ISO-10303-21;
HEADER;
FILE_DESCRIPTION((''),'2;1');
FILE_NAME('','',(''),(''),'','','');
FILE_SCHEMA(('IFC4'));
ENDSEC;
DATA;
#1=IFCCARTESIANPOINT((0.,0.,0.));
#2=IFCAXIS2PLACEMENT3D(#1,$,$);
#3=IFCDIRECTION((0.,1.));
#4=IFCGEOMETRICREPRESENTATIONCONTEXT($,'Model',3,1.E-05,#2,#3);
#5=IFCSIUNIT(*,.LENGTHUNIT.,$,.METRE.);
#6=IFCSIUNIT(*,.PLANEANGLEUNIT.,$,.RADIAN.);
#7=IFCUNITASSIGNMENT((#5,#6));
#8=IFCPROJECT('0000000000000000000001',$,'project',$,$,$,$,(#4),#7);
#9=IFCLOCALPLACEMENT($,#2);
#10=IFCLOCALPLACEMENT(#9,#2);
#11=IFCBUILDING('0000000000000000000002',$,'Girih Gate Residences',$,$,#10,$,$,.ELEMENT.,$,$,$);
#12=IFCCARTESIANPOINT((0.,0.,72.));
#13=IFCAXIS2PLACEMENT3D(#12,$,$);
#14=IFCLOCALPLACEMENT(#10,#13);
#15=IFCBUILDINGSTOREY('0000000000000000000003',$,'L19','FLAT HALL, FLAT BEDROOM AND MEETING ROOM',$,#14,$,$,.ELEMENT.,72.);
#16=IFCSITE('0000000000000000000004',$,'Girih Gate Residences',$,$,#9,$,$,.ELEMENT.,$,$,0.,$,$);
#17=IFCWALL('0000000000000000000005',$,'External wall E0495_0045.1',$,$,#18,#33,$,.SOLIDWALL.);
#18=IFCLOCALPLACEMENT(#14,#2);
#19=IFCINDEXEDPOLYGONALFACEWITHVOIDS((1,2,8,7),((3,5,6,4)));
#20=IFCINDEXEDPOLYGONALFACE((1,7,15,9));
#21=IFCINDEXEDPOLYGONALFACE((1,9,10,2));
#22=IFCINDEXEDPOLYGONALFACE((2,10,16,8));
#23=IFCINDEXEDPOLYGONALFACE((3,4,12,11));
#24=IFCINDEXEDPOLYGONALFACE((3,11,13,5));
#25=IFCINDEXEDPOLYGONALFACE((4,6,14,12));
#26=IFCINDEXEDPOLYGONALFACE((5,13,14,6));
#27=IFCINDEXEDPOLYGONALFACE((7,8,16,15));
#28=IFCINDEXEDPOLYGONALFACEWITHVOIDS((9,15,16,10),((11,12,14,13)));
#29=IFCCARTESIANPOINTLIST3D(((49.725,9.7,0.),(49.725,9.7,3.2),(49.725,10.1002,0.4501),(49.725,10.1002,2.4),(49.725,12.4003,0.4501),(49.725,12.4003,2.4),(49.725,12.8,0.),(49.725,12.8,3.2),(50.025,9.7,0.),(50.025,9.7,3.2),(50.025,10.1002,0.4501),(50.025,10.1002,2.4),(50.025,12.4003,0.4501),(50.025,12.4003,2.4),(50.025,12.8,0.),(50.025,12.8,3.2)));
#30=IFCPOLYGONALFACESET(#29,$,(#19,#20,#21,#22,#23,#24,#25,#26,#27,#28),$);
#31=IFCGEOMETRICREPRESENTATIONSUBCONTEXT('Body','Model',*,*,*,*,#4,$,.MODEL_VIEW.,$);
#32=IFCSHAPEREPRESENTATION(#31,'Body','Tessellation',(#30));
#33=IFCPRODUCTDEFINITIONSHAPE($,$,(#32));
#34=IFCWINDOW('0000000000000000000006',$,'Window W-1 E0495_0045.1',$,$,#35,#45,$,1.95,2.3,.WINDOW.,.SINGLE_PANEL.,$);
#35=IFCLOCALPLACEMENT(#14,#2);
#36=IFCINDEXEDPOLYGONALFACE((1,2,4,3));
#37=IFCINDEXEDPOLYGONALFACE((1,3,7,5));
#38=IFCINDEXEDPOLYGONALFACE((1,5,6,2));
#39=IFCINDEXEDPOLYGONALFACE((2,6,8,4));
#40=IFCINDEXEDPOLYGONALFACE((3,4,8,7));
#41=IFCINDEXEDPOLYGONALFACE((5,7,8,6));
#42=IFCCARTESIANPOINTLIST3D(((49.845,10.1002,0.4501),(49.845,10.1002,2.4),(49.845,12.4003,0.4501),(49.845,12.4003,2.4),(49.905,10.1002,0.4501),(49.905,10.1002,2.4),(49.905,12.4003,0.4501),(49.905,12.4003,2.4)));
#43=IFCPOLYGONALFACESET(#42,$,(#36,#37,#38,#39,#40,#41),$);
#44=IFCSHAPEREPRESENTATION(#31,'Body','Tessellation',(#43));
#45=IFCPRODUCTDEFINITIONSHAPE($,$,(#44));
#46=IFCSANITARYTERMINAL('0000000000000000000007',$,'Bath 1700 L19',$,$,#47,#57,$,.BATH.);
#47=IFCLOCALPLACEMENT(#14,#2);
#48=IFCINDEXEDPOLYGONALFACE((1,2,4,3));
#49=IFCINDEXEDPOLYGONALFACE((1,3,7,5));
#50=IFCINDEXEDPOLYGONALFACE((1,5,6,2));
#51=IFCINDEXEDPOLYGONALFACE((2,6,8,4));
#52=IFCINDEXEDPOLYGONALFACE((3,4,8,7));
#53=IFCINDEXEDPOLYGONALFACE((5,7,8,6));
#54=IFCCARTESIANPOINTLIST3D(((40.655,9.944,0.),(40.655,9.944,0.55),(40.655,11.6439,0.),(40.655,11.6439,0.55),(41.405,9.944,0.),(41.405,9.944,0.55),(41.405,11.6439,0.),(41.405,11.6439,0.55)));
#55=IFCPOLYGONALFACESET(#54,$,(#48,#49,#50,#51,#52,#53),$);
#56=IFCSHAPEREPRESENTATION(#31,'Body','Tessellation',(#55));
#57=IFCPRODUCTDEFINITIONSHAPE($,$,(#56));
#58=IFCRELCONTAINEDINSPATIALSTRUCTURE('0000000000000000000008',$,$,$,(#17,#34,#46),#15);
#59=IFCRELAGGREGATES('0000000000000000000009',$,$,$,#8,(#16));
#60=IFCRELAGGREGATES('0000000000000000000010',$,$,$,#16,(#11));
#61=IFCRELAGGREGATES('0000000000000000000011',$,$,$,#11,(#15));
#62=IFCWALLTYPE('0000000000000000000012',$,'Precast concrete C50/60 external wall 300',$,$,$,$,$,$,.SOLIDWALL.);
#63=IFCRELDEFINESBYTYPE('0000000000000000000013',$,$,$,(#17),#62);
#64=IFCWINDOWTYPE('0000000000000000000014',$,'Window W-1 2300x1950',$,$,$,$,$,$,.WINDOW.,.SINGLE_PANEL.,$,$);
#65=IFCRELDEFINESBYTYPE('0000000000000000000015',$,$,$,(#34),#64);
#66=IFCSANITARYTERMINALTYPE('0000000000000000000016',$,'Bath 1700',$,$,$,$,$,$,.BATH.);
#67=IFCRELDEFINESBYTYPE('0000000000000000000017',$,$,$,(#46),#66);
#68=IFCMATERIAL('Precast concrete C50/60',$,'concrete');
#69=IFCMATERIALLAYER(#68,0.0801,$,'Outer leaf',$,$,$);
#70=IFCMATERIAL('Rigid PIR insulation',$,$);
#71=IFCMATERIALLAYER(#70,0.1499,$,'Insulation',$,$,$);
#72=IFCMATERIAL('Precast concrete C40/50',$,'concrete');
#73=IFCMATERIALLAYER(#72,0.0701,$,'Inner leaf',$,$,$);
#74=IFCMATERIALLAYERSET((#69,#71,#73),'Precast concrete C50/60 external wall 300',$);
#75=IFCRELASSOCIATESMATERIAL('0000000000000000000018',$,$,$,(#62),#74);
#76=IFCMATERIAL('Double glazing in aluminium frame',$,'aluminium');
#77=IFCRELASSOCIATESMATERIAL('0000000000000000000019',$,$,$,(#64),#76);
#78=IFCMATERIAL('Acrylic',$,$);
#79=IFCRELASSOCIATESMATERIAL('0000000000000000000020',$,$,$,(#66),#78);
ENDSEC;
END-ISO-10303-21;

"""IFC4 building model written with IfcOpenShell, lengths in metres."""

from ifc_helpers import new_model, si_unit, direction, frame, frame_2d, origin, origin_2d, place, context, subcontext, project, spatial, rectangle, extrude, material, layer, layer_set, type_object, element, fill, save


model = new_model("IFC4")

# Units and contexts
model_context = context("Model", 3, precision=1e-05, world=origin(), true_north=direction((0.0, 1.0)))
body_context = subcontext(model_context, "Body", "Model", "MODEL_VIEW")
ifc_project = project(units=[si_unit("LENGTHUNIT", "METRE"), si_unit("PLANEANGLEUNIT", "RADIAN")], contexts=[model_context])

# Site, building, storey
site_placement = place(None, origin())
site = spatial("IfcSite", under=ifc_project, at=site_placement, Name="Girih Gate Residences", CompositionType="ELEMENT", RefElevation=0.0)
building_placement = place(site_placement, origin())
building = spatial("IfcBuilding", under=site, at=building_placement, Name="Girih Gate Residences", CompositionType="ELEMENT")
storey_placement = place(building_placement, frame((0.0, 0.0, 72.0)))
storey = spatial("IfcBuildingStorey", under=building, at=storey_placement, Name="L19", Description="FLAT HALL, FLAT BEDROOM AND MEETING ROOM", CompositionType="ELEMENT", Elevation=72.0)

# Wall, opening, window
ifc_material_1 = material(Name="Precast concrete C50/60", Category="concrete")
ifc_layer_1 = layer(ifc_material_1, 0.0801, Name="Outer leaf")
ifc_material_2 = material(Name="Rigid PIR insulation")
ifc_layer_2 = layer(ifc_material_2, 0.1499, Name="Insulation")
ifc_material_3 = material(Name="Precast concrete C40/50", Category="concrete")
ifc_layer_3 = layer(ifc_material_3, 0.0701, Name="Inner leaf")
ifc_layer_set_1 = layer_set([ifc_layer_1, ifc_layer_2, ifc_layer_3], Name="Precast concrete C50/60 external wall 300")
wall_type_1 = type_object("IfcWallType", Name="Precast concrete C50/60 external wall 300", PredefinedType="SOLIDWALL", material=ifc_layer_set_1)
wall_1_placement = place(storey_placement, frame((49.875, 12.8, 0.0), z_axis=(0.0, 0.0, 1.0), x_axis=(0.0, -1.0, 0.0)))
wall_1 = element("IfcWall", 1, at=wall_1_placement, inside=storey, type_object=wall_type_1, Name="External wall E0495_0045.1", PredefinedType="SOLIDWALL", context=body_context, shape_type="SweptSolid", body=[
    extrude(rectangle(XDim=3.1001, YDim=0.3, at=frame_2d((1.55, 0.0))), origin(), (0.0, 0.0, 1.0), 3.2),
])
opening_1_placement = place(wall_1_placement, frame((0.3999, 0.0, 0.45)))
opening_1 = element("IfcOpeningElement", 2, at=opening_1_placement, cuts=wall_1, PredefinedType="OPENING", context=body_context, shape_type="SweptSolid", body=[
    extrude(rectangle(XDim=2.3, YDim=1.95, at=frame_2d((1.1499, 0.9751))), frame((0.0, 0.1599, 0.0), z_axis=(0.0, -1.0, 0.0), x_axis=(1.0, 0.0, 0.0)), (0.0, 0.0, 1.0), 0.3201),
])
ifc_material_4 = material(Name="Double glazing in aluminium frame", Category="aluminium")
window_type = type_object("IfcWindowType", Name="Window W-1 2300x1950", PartitioningType="SINGLE_PANEL", PredefinedType="WINDOW", material=ifc_material_4)
window_placement = place(opening_1_placement, origin())
window = element("IfcWindow", 3, at=window_placement, inside=storey, type_object=window_type, Name="Window W-1 E0495_0045.1", OverallHeight=1.95, OverallWidth=2.3, PartitioningType="SINGLE_PANEL", PredefinedType="WINDOW", context=body_context, shape_type="SweptSolid", body=[
    extrude(rectangle(XDim=2.3, YDim=1.95, at=frame_2d((1.1499, 0.9751))), frame((0.0, 0.03, 0.0), z_axis=(0.0, -1.0, 0.0), x_axis=(1.0, 0.0, 0.0)), (0.0, 0.0, 1.0), 0.0601),
])
fill(opening_1, window)

# Sanitary terminal
ifc_material_5 = material(Name="Acrylic")
sanitary_terminal_type = type_object("IfcSanitaryTerminalType", Name="Bath 1700", PredefinedType="BATH", material=ifc_material_5)
sanitary_terminal_placement = place(storey_placement, frame((41.03, 10.7939, 0.0), z_axis=(0.0, 0.0, 1.0), x_axis=(1.0, 0.0, 0.0)))
element("IfcSanitaryTerminal", 4, at=sanitary_terminal_placement, inside=storey, type_object=sanitary_terminal_type, Name="Bath 1700 L19", PredefinedType="BATH", context=body_context, shape_type="SweptSolid", body=[
    extrude(rectangle(XDim=0.75, YDim=1.7, at=origin_2d()), origin(), (0.0, 0.0, 1.0), 0.55),
])

save(model, "model.ifc")
